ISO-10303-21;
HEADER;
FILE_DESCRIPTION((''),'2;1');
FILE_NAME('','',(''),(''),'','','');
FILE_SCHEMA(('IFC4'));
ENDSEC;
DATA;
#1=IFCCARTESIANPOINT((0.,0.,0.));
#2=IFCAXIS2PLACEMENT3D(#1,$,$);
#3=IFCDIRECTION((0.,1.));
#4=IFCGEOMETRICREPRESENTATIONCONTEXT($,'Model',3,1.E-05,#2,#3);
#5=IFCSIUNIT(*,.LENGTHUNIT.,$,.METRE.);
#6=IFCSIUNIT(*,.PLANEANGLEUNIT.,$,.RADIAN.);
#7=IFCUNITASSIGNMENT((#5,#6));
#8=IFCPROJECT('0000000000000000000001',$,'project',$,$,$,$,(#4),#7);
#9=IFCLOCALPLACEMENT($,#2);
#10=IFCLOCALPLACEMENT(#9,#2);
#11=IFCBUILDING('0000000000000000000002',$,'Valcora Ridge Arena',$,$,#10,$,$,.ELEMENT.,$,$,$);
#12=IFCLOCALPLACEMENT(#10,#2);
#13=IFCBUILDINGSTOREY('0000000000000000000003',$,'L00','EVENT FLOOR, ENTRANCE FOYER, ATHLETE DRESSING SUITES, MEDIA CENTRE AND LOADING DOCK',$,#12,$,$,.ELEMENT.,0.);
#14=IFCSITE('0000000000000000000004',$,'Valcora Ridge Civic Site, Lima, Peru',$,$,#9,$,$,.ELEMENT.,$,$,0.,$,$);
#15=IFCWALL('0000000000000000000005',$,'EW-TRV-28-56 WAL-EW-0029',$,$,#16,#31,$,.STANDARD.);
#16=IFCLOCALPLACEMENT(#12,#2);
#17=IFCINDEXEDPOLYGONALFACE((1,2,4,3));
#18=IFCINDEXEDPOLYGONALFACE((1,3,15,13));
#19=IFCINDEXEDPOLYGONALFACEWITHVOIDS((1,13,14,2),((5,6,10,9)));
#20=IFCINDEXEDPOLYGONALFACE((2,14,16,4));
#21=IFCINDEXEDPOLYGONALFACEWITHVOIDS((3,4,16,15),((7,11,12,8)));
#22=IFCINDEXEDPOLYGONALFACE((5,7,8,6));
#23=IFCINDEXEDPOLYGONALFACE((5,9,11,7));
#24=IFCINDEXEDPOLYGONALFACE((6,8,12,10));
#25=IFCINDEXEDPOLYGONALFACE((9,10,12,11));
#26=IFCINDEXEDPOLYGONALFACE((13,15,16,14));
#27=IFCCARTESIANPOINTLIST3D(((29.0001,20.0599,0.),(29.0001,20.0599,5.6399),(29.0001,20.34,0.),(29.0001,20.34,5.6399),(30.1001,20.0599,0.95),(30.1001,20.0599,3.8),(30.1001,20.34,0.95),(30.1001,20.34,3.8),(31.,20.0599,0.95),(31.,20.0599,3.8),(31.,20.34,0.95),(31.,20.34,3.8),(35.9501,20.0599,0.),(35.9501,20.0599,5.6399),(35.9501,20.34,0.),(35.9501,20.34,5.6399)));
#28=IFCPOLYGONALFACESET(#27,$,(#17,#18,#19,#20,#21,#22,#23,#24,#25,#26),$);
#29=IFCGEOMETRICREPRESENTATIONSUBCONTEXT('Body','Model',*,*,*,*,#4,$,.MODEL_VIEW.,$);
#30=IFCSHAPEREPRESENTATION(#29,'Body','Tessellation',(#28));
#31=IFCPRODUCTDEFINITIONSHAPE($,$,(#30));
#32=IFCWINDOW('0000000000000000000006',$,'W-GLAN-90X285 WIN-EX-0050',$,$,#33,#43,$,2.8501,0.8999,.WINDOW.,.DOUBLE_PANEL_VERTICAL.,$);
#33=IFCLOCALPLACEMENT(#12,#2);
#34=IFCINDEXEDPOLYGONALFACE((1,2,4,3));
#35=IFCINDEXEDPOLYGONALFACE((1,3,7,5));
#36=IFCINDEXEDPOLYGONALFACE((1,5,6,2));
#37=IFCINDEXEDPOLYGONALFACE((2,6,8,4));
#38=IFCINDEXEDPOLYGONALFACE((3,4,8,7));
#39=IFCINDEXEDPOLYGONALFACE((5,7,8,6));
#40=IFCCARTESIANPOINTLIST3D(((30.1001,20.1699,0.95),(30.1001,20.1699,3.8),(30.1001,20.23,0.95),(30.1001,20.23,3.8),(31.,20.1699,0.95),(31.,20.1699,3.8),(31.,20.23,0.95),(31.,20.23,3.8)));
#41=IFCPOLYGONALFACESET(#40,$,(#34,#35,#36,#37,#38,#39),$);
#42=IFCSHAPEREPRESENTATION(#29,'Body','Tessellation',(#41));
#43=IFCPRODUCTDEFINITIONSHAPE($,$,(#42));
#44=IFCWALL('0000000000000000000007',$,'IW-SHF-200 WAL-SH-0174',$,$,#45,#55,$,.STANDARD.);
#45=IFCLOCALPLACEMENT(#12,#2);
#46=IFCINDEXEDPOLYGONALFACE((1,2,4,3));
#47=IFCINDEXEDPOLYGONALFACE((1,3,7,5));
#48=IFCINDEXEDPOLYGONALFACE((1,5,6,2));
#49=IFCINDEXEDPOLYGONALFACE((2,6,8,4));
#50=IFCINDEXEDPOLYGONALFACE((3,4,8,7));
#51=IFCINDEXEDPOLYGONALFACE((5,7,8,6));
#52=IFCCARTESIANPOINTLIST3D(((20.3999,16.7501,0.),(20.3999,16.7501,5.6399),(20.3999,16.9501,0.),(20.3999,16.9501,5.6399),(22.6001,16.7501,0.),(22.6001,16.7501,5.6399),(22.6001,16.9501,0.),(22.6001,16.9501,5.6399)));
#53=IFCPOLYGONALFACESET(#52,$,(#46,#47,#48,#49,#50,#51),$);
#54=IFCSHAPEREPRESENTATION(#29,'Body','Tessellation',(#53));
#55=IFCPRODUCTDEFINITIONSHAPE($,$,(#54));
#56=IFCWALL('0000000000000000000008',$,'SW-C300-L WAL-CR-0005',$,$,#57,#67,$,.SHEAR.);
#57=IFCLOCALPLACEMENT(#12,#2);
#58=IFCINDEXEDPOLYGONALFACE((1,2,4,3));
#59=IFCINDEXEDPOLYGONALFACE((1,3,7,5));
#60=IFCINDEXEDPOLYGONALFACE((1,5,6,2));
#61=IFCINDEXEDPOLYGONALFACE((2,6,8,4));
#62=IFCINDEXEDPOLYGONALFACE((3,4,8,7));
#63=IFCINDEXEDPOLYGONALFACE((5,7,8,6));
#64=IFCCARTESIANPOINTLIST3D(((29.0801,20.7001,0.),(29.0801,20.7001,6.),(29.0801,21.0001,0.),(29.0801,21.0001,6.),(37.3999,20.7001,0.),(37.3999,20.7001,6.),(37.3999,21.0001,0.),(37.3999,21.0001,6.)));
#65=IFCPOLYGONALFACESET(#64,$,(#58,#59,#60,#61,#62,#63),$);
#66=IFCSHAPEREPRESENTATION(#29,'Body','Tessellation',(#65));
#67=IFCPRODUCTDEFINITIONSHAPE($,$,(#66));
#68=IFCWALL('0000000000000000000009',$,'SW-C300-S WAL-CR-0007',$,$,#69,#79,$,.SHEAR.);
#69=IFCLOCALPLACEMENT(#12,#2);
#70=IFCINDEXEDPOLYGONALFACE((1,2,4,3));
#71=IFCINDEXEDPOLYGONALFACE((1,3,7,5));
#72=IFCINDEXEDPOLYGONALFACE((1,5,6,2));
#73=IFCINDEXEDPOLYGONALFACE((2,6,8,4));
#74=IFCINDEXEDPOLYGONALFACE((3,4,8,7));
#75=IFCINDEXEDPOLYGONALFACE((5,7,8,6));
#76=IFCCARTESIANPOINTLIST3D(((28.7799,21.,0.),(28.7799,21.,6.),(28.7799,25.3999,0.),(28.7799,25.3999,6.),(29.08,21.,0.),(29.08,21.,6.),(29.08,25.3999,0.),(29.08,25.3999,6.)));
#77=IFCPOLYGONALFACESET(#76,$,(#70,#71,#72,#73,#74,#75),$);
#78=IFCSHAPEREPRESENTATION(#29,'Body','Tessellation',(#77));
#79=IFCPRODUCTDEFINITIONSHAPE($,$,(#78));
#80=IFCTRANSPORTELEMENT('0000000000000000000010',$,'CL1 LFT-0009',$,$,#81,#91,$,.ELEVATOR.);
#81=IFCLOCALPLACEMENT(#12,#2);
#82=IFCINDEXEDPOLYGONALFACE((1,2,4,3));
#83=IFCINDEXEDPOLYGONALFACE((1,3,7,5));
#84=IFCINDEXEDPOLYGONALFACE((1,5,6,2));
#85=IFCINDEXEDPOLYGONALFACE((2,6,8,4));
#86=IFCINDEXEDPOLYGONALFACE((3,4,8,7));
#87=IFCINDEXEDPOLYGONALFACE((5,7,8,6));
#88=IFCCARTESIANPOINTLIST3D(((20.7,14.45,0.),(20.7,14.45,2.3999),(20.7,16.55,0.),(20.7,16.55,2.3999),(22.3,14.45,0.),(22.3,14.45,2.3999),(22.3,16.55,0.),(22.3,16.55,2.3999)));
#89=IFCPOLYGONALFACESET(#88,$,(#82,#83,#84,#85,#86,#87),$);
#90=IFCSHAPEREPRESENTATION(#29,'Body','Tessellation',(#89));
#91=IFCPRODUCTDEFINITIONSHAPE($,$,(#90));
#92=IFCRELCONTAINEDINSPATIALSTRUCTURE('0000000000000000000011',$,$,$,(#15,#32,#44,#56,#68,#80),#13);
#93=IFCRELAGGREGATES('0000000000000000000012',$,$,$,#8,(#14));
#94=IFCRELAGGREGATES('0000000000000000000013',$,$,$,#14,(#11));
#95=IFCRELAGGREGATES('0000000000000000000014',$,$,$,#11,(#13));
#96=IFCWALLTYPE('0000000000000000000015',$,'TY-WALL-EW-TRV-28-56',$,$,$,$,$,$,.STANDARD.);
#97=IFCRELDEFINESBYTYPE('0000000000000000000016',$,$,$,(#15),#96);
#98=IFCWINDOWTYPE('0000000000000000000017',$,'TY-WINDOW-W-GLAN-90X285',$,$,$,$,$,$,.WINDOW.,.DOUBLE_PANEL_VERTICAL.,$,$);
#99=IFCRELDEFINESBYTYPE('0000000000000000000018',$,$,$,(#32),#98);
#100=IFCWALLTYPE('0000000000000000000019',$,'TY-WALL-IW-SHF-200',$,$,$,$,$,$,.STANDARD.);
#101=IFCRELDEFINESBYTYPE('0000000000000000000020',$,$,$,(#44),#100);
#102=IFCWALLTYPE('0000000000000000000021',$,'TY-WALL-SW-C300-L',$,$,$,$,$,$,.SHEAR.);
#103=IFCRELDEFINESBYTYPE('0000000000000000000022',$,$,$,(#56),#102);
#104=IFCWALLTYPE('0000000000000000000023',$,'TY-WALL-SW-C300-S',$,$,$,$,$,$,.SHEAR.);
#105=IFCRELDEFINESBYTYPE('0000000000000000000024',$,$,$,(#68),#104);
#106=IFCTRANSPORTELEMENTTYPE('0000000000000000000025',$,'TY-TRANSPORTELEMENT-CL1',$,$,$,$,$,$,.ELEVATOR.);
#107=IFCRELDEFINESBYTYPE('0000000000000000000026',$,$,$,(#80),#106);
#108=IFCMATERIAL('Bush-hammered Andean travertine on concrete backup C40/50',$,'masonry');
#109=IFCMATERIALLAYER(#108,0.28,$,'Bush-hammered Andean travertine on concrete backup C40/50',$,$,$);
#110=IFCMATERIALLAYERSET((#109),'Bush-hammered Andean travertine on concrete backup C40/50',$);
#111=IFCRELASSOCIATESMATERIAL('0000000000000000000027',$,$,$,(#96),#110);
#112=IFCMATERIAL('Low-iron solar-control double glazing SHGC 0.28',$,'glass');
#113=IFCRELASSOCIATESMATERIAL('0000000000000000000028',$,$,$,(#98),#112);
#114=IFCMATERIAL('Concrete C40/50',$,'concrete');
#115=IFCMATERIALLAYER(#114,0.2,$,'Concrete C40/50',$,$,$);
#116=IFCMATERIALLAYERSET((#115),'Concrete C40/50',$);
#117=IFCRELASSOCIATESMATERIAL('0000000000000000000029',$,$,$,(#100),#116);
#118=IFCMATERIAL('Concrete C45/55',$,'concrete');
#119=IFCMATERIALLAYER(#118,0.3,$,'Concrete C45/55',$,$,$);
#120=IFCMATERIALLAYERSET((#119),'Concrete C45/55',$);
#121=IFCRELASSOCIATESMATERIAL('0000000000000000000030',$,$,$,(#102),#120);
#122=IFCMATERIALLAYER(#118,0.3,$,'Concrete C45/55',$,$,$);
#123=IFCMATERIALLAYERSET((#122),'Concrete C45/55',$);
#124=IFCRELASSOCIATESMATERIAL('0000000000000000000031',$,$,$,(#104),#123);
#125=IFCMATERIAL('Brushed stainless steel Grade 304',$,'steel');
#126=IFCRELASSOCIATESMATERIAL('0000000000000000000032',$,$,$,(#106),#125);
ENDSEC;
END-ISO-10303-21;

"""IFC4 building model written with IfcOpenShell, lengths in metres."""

from ifc_helpers import new_model, si_unit, direction, frame, frame_2d, origin, origin_2d, place, context, subcontext, project, spatial, rectangle, extrude, material, layer, layer_set, type_object, element, fill, save


model = new_model("IFC4")

# Units and contexts
model_context = context("Model", 3, precision=1e-05, world=origin(), true_north=direction((0.0, 1.0)))
body_context = subcontext(model_context, "Body", "Model", "MODEL_VIEW")
ifc_project = project(units=[si_unit("LENGTHUNIT", "METRE"), si_unit("PLANEANGLEUNIT", "RADIAN")], contexts=[model_context])

# Site, building, storey
site_placement = place(None, origin())
site = spatial("IfcSite", under=ifc_project, at=site_placement, Name="Valcora Ridge Civic Site, Lima, Peru", CompositionType="ELEMENT", RefElevation=0.0)
building_placement = place(site_placement, origin())
building = spatial("IfcBuilding", under=site, at=building_placement, Name="Valcora Ridge Arena", CompositionType="ELEMENT")
storey_placement = place(building_placement, origin())
storey = spatial("IfcBuildingStorey", under=building, at=storey_placement, Name="L00", Description="EVENT FLOOR, ENTRANCE FOYER, ATHLETE DRESSING SUITES, MEDIA CENTRE AND LOADING DOCK", CompositionType="ELEMENT", Elevation=0.0)

# Shared definitions
ifc_material_1 = material(Name="Concrete C40/50", Category="concrete")

# Wall, opening, window
ifc_material_2 = material(Name="Bush-hammered Andean travertine on concrete backup C40/50", Category="masonry")
ifc_layer_1 = layer(ifc_material_2, 0.28, Name="Bush-hammered Andean travertine on concrete backup C40/50")
ifc_layer_set_1 = layer_set([ifc_layer_1], Name="Bush-hammered Andean travertine on concrete backup C40/50")
wall_type_1 = type_object("IfcWallType", Name="TY-WALL-EW-TRV-28-56", PredefinedType="STANDARD", material=ifc_layer_set_1)
wall_1_placement = place(storey_placement, frame((29.0, 20.2, 0.0), z_axis=(0.0, 0.0, 1.0), x_axis=(1.0, 0.0, 0.0)))
wall_1 = element("IfcWall", 1, at=wall_1_placement, inside=storey, type_object=wall_type_1, Name="EW-TRV-28-56 WAL-EW-0029", PredefinedType="STANDARD", context=body_context, shape_type="SweptSolid", body=[
    extrude(rectangle(XDim=6.95, YDim=0.28, at=frame_2d((3.4751, 0.0))), origin(), (0.0, 0.0, 1.0), 5.6399),
])
opening_placement = place(wall_1_placement, frame((1.1001, 0.0, 0.95)))
opening = element("IfcOpeningElement", 2, at=opening_placement, cuts=wall_1, PredefinedType="OPENING", context=body_context, shape_type="SweptSolid", body=[
    extrude(rectangle(XDim=0.8999, YDim=2.8501, at=frame_2d((0.45, 1.425))), frame((0.0, 0.1499, 0.0), z_axis=(0.0, -1.0, 0.0), x_axis=(1.0, 0.0, 0.0)), (0.0, 0.0, 1.0), 0.3),
])
ifc_material_3 = material(Name="Low-iron solar-control double glazing SHGC 0.28", Category="glass")
window_type = type_object("IfcWindowType", Name="TY-WINDOW-W-GLAN-90X285", PartitioningType="DOUBLE_PANEL_VERTICAL", PredefinedType="WINDOW", material=ifc_material_3)
window_placement = place(opening_placement, origin())
window = element("IfcWindow", 3, at=window_placement, inside=storey, type_object=window_type, Name="W-GLAN-90X285 WIN-EX-0050", OverallHeight=2.8501, OverallWidth=0.8999, PartitioningType="DOUBLE_PANEL_VERTICAL", PredefinedType="WINDOW", context=body_context, shape_type="SweptSolid", body=[
    extrude(rectangle(XDim=0.8999, YDim=2.8501, at=frame_2d((0.45, 1.425))), frame((0.0, 0.03, 0.0), z_axis=(0.0, -1.0, 0.0), x_axis=(1.0, 0.0, 0.0)), (0.0, 0.0, 1.0), 0.0601),
])
fill(opening, window)

# Walls
ifc_layer_2 = layer(ifc_material_1, 0.2, Name="Concrete C40/50")
ifc_layer_set_2 = layer_set([ifc_layer_2], Name="Concrete C40/50")
wall_type_2 = type_object("IfcWallType", Name="TY-WALL-IW-SHF-200", PredefinedType="STANDARD", material=ifc_layer_set_2)
wall_2_placement = place(storey_placement, frame((20.3999, 16.8501, 0.0), z_axis=(0.0, 0.0, 1.0), x_axis=(1.0, 0.0, 0.0)))
element("IfcWall", 4, at=wall_2_placement, inside=storey, type_object=wall_type_2, Name="IW-SHF-200 WAL-SH-0174", PredefinedType="STANDARD", context=body_context, shape_type="SweptSolid", body=[
    extrude(rectangle(XDim=2.2002, YDim=0.2, at=frame_2d((1.1001, 0.0))), origin(), (0.0, 0.0, 1.0), 5.6399),
])
ifc_material_4 = material(Name="Concrete C45/55", Category="concrete")
ifc_layer_3 = layer(ifc_material_4, 0.3, Name="Concrete C45/55")
ifc_layer_set_3 = layer_set([ifc_layer_3], Name="Concrete C45/55")
wall_type_3 = type_object("IfcWallType", Name="TY-WALL-SW-C300-L", PredefinedType="SHEAR", material=ifc_layer_set_3)
wall_3_placement = place(storey_placement, frame((29.0801, 20.8501, 0.0), z_axis=(0.0, 0.0, 1.0), x_axis=(1.0, 0.0, 0.0)))
element("IfcWall", 5, at=wall_3_placement, inside=storey, type_object=wall_type_3, Name="SW-C300-L WAL-CR-0005", PredefinedType="SHEAR", context=body_context, shape_type="SweptSolid", body=[
    extrude(rectangle(XDim=8.3198, YDim=0.3, at=frame_2d((4.1599, 0.0))), origin(), (0.0, 0.0, 1.0), 6.0),
])
ifc_layer_4 = layer(ifc_material_4, 0.3, Name="Concrete C45/55")
ifc_layer_set_4 = layer_set([ifc_layer_4], Name="Concrete C45/55")
wall_type_4 = type_object("IfcWallType", Name="TY-WALL-SW-C300-S", PredefinedType="SHEAR", material=ifc_layer_set_4)
wall_4_placement = place(storey_placement, frame((28.9299, 21.0, 0.0), z_axis=(0.0, 0.0, 1.0), x_axis=(0.0, 1.0, 0.0)))
element("IfcWall", 6, at=wall_4_placement, inside=storey, type_object=wall_type_4, Name="SW-C300-S WAL-CR-0007", PredefinedType="SHEAR", context=body_context, shape_type="SweptSolid", body=[
    extrude(rectangle(XDim=4.3999, YDim=0.3, at=frame_2d((2.2, 0.0))), origin(), (0.0, 0.0, 1.0), 6.0),
])

# Transport element
ifc_material_5 = material(Name="Brushed stainless steel Grade 304", Category="steel")
transport_element_type = type_object("IfcTransportElementType", Name="TY-TRANSPORTELEMENT-CL1", PredefinedType="ELEVATOR", material=ifc_material_5)
transport_element_placement = place(storey_placement, frame((21.5, 15.5, 0.0), z_axis=(0.0, 0.0, 1.0), x_axis=(1.0, 0.0, 0.0)))
element("IfcTransportElement", 7, at=transport_element_placement, inside=storey, type_object=transport_element_type, Name="CL1 LFT-0009", PredefinedType="ELEVATOR", context=body_context, shape_type="SweptSolid", body=[
    extrude(rectangle(XDim=1.6001, YDim=2.1001, at=origin_2d()), origin(), (0.0, 0.0, 1.0), 2.3999),
])

save(model, "model.ifc")
